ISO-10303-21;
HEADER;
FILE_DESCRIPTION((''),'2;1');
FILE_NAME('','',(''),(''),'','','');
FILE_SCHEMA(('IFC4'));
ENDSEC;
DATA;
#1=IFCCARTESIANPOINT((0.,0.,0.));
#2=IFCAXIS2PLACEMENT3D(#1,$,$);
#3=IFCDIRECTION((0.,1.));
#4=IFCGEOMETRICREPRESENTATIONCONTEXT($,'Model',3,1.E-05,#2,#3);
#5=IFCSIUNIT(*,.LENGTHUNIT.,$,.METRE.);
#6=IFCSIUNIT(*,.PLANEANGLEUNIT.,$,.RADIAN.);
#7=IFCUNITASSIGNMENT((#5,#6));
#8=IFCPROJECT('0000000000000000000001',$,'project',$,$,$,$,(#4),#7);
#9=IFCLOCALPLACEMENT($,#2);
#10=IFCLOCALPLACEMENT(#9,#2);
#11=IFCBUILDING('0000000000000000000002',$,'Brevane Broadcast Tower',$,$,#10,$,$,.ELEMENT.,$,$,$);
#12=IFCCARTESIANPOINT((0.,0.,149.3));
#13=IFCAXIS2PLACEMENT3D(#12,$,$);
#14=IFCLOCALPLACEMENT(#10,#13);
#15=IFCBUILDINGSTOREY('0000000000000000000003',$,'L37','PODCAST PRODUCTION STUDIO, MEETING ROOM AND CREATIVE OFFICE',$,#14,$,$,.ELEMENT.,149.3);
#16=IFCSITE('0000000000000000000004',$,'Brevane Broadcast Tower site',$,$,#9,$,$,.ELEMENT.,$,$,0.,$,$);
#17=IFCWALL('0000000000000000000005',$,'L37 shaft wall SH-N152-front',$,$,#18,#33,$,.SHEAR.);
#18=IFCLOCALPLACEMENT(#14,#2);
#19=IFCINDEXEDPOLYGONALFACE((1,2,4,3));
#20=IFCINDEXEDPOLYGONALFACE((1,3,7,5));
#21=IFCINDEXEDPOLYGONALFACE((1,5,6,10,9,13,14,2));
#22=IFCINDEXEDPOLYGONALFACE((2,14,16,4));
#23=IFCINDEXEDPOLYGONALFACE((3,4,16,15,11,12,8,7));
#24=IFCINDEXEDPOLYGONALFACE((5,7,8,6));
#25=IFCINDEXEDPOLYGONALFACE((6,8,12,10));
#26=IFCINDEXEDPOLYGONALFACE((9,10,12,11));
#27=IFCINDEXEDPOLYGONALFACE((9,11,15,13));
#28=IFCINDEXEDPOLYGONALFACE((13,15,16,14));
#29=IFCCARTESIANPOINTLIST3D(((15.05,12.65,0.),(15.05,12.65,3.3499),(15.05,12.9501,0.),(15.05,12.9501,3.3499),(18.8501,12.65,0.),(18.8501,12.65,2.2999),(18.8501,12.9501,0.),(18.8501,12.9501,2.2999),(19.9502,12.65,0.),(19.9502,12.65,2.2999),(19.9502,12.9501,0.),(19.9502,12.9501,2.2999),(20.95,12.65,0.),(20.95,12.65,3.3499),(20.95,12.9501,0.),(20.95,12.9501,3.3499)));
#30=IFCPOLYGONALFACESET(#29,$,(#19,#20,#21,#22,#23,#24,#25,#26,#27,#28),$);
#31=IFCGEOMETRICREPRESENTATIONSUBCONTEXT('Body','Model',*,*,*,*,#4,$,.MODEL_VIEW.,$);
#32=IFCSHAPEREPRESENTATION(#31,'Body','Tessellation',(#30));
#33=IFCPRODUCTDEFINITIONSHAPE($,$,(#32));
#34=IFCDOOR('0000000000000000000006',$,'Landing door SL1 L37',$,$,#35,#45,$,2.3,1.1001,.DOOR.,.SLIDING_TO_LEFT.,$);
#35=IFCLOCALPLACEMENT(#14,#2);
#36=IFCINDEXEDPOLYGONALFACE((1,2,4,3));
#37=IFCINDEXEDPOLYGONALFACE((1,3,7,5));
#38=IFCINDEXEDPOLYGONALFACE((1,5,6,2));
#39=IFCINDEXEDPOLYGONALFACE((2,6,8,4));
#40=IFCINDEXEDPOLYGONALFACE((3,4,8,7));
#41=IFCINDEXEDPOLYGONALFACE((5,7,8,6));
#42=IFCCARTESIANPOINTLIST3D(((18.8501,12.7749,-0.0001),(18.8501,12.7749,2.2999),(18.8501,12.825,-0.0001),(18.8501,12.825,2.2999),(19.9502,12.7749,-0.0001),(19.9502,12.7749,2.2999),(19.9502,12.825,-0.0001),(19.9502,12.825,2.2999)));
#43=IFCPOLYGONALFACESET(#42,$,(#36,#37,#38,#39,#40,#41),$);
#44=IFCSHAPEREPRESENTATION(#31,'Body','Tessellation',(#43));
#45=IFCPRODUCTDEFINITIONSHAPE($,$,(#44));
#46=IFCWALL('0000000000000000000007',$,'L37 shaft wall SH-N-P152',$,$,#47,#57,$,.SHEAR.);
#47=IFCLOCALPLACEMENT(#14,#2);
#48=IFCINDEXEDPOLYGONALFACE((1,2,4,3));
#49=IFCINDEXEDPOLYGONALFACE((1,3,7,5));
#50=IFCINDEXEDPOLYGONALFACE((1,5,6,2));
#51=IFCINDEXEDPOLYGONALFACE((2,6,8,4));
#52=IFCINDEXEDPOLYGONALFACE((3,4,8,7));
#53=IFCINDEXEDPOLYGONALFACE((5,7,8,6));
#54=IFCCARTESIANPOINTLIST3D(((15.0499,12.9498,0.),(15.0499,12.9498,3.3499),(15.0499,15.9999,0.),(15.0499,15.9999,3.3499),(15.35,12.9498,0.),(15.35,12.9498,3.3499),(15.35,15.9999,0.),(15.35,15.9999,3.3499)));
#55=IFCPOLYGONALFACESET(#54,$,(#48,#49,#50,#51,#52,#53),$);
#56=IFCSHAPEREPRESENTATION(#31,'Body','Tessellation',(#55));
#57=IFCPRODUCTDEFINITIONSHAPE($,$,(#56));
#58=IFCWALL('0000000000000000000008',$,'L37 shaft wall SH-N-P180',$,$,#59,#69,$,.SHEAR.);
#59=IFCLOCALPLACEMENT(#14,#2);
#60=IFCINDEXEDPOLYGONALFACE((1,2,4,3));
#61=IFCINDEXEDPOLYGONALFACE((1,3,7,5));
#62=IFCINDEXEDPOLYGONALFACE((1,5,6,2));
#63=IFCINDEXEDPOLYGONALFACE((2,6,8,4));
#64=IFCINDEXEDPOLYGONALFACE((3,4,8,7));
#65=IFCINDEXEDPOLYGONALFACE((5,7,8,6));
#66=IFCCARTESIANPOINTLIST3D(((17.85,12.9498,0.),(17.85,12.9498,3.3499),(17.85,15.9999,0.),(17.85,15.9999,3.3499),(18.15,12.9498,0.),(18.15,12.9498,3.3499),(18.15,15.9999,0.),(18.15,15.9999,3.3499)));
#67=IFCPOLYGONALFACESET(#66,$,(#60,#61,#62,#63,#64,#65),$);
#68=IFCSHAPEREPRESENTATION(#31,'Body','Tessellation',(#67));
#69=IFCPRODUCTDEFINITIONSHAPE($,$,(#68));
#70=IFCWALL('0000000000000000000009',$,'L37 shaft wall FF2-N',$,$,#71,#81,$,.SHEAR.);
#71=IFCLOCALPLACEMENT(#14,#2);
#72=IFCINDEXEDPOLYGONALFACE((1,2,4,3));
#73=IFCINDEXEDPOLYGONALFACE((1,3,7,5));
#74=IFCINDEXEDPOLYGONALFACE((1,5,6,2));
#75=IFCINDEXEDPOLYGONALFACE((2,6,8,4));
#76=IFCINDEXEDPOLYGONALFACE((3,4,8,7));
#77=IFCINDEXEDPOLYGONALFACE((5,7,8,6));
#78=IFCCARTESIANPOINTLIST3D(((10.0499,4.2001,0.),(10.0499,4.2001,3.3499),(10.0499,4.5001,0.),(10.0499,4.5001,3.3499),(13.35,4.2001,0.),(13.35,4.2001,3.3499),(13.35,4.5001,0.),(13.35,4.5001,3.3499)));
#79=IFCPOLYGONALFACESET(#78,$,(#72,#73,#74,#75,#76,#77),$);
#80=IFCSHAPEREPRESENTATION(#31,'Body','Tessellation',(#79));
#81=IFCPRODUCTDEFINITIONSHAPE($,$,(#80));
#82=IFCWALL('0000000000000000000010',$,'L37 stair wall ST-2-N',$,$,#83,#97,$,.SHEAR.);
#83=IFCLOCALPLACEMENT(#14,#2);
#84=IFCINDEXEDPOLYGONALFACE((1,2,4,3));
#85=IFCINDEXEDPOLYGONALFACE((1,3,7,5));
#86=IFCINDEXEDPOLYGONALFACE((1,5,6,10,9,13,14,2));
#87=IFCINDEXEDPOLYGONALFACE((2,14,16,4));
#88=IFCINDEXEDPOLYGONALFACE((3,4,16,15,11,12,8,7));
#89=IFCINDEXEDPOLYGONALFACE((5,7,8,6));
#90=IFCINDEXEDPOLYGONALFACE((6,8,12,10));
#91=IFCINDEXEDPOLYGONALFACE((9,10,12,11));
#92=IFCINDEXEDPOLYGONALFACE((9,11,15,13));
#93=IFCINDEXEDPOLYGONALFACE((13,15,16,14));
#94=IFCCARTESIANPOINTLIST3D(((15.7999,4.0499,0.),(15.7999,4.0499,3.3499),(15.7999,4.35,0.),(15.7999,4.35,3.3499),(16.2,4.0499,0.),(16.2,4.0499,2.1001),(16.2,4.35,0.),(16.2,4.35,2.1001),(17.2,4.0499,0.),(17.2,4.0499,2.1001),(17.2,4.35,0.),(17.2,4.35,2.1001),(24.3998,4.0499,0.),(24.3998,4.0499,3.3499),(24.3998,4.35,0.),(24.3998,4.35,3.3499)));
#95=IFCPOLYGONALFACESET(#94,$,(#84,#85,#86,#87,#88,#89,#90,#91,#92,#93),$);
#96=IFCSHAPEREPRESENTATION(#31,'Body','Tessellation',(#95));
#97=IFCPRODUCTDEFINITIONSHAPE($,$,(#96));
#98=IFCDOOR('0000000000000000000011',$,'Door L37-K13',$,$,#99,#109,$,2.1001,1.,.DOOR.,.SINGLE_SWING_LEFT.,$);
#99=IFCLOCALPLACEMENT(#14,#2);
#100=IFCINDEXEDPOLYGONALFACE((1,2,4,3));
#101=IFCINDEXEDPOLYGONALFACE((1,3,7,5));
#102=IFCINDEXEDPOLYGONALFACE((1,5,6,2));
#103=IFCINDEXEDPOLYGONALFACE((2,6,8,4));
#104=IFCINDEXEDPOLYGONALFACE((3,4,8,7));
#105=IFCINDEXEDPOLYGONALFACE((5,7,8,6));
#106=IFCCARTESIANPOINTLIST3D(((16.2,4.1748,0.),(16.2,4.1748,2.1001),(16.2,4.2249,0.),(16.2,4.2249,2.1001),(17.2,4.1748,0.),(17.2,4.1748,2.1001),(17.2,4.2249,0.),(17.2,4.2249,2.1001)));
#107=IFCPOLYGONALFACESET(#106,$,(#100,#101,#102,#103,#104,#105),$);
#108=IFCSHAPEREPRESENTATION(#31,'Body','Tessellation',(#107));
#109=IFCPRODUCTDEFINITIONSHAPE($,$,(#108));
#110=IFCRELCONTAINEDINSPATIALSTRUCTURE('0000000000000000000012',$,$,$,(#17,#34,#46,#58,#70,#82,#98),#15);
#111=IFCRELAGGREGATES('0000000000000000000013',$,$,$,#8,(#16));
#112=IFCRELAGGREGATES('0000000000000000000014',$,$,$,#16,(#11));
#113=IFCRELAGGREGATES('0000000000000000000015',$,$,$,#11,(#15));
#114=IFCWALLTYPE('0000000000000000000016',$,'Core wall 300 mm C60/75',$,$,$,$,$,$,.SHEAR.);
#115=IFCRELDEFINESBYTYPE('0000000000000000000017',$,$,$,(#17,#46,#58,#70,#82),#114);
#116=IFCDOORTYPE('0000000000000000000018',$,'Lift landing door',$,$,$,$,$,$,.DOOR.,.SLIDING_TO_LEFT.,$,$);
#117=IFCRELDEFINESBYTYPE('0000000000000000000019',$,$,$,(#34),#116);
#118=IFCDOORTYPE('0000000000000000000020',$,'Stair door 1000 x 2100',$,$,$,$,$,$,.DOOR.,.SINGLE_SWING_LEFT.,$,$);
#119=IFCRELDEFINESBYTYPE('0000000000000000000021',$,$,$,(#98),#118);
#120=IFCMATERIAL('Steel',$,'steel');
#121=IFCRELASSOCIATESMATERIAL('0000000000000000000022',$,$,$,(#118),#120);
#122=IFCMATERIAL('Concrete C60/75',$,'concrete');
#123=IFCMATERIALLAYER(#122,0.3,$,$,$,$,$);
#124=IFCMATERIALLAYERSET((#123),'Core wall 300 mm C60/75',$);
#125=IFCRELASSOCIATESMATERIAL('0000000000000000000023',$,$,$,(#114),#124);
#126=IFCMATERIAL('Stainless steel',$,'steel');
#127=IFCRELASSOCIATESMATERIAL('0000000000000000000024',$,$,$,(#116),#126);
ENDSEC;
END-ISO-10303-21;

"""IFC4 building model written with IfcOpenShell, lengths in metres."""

from ifc_helpers import new_model, si_unit, direction, frame, frame_2d, origin, place, context, subcontext, project, spatial, rectangle, extrude, material, layer, layer_set, type_object, element, fill, save


model = new_model("IFC4")

# Units and contexts
model_context = context("Model", 3, precision=1e-05, world=origin(), true_north=direction((0.0, 1.0)))
body_context = subcontext(model_context, "Body", "Model", "MODEL_VIEW")
ifc_project = project(units=[si_unit("LENGTHUNIT", "METRE"), si_unit("PLANEANGLEUNIT", "RADIAN")], contexts=[model_context])

# Site, building, storey
site_placement = place(None, origin())
site = spatial("IfcSite", under=ifc_project, at=site_placement, Name="Brevane Broadcast Tower site", CompositionType="ELEMENT", RefElevation=0.0)
building_placement = place(site_placement, origin())
building = spatial("IfcBuilding", under=site, at=building_placement, Name="Brevane Broadcast Tower", CompositionType="ELEMENT")
storey_placement = place(building_placement, frame((0.0, 0.0, 149.3)))
storey = spatial("IfcBuildingStorey", under=building, at=storey_placement, Name="L37", Description="PODCAST PRODUCTION STUDIO, MEETING ROOM AND CREATIVE OFFICE", CompositionType="ELEMENT", Elevation=149.3)

# Shared definitions
ifc_material_1 = material(Name="Steel", Category="steel")
door_type_1 = type_object("IfcDoorType", Name="Stair door 1000 x 2100", OperationType="SINGLE_SWING_LEFT", PredefinedType="DOOR", material=ifc_material_1)

# Shared definitions
ifc_material_2 = material(Name="Concrete C60/75", Category="concrete")
ifc_layer_1 = layer(ifc_material_2, 0.3)
ifc_layer_set_1 = layer_set([ifc_layer_1], Name="Core wall 300 mm C60/75")
wall_type_1 = type_object("IfcWallType", Name="Core wall 300 mm C60/75", PredefinedType="SHEAR", material=ifc_layer_set_1)

# Wall, opening, door
wall_1_placement = place(storey_placement, frame((15.05, 12.8, 0.0), z_axis=(0.0, 0.0, 1.0), x_axis=(1.0, 0.0, 0.0)))
wall_1 = element("IfcWall", 1, at=wall_1_placement, inside=storey, type_object=wall_type_1, Name="L37 shaft wall SH-N152-front", PredefinedType="SHEAR", context=body_context, shape_type="SweptSolid", body=[
    extrude(rectangle(XDim=5.8999, YDim=0.3, at=frame_2d((2.95, 0.0))), origin(), (0.0, 0.0, 1.0), 3.3499),
])
opening_1_placement = place(wall_1_placement, frame((3.8, 0.0, 0.0)))
opening_1 = element("IfcOpeningElement", 2, at=opening_1_placement, cuts=wall_1, PredefinedType="OPENING", context=body_context, shape_type="SweptSolid", body=[
    extrude(rectangle(XDim=1.1001, YDim=2.3, at=frame_2d((0.55, 1.1499))), frame((0.0, 0.1599, 0.0), z_axis=(0.0, -1.0, 0.0), x_axis=(1.0, 0.0, 0.0)), (0.0, 0.0, 1.0), 0.3201),
])
ifc_material_3 = material(Name="Stainless steel", Category="steel")
door_type_2 = type_object("IfcDoorType", Name="Lift landing door", OperationType="SLIDING_TO_LEFT", PredefinedType="DOOR", material=ifc_material_3)
door_1_placement = place(opening_1_placement, origin())
door_1 = element("IfcDoor", 3, at=door_1_placement, inside=storey, type_object=door_type_2, Name="Landing door SL1 L37", OperationType="SLIDING_TO_LEFT", OverallHeight=2.3, OverallWidth=1.1001, PredefinedType="DOOR", context=body_context, shape_type="SweptSolid", body=[
    extrude(rectangle(XDim=1.1001, YDim=2.3, at=frame_2d((0.55, 1.1499))), frame((0.0, 0.0249, 0.0), z_axis=(0.0, -1.0, 0.0), x_axis=(1.0, 0.0, 0.0)), (0.0, 0.0, 1.0), 0.05),
])
fill(opening_1, door_1)

# Walls
for number, where, z_axis, x_axis, name in (
    (4, (15.2, 12.95, 0.0), (0.0, 0.0, 1.0), (0.0, 1.0, 0.0), "L37 shaft wall SH-N-P152"),
    (5, (18.0, 12.95, 0.0), (0.0, 0.0, 1.0), (0.0, 1.0, 0.0), "L37 shaft wall SH-N-P180"),
):
    element("IfcWall", number, at=place(storey_placement, frame(where, z_axis=z_axis, x_axis=x_axis)), inside=storey, type_object=wall_type_1, Name=name, PredefinedType="SHEAR", context=body_context, shape_type="SweptSolid", body=[
        extrude(rectangle(XDim=3.05, YDim=0.3, at=frame_2d((1.5249, 0.0))), origin(), (0.0, 0.0, 1.0), 3.3499),
    ])
wall_2_placement = place(storey_placement, frame((10.05, 4.3501, 0.0), z_axis=(0.0, 0.0, 1.0), x_axis=(1.0, 0.0, 0.0)))
element("IfcWall", 6, at=wall_2_placement, inside=storey, type_object=wall_type_1, Name="L37 shaft wall FF2-N", PredefinedType="SHEAR", context=body_context, shape_type="SweptSolid", body=[
    extrude(rectangle(XDim=3.3, YDim=0.3, at=frame_2d((1.6499, 0.0))), origin(), (0.0, 0.0, 1.0), 3.3499),
])

# Wall, opening, door
wall_3_placement = place(storey_placement, frame((15.8, 4.2, 0.0), z_axis=(0.0, 0.0, 1.0), x_axis=(1.0, 0.0, 0.0)))
wall_3 = element("IfcWall", 7, at=wall_3_placement, inside=storey, type_object=wall_type_1, Name="L37 stair wall ST-2-N", PredefinedType="SHEAR", context=body_context, shape_type="SweptSolid", body=[
    extrude(rectangle(XDim=8.5999, YDim=0.3, at=frame_2d((4.2998, 0.0))), origin(), (0.0, 0.0, 1.0), 3.3499),
])
opening_2_placement = place(wall_3_placement, frame((0.3999, 0.0, 0.0)))
opening_2 = element("IfcOpeningElement", 8, at=opening_2_placement, cuts=wall_3, PredefinedType="OPENING", context=body_context, shape_type="SweptSolid", body=[
    extrude(rectangle(XDim=1.0, YDim=2.1001, at=frame_2d((0.5, 1.05))), frame((0.0, 0.1599, 0.0), z_axis=(0.0, -1.0, 0.0), x_axis=(1.0, 0.0, 0.0)), (0.0, 0.0, 1.0), 0.3201),
])
door_2_placement = place(opening_2_placement, origin())
door_2 = element("IfcDoor", 9, at=door_2_placement, inside=storey, type_object=door_type_1, Name="Door L37-K13", OperationType="SINGLE_SWING_LEFT", OverallHeight=2.1001, OverallWidth=1.0, PredefinedType="DOOR", context=body_context, shape_type="SweptSolid", body=[
    extrude(rectangle(XDim=1.0, YDim=2.1001, at=frame_2d((0.5, 1.05))), frame((0.0, 0.0249, 0.0), z_axis=(0.0, -1.0, 0.0), x_axis=(1.0, 0.0, 0.0)), (0.0, 0.0, 1.0), 0.05),
])
fill(opening_2, door_2)

save(model, "model.ifc")
